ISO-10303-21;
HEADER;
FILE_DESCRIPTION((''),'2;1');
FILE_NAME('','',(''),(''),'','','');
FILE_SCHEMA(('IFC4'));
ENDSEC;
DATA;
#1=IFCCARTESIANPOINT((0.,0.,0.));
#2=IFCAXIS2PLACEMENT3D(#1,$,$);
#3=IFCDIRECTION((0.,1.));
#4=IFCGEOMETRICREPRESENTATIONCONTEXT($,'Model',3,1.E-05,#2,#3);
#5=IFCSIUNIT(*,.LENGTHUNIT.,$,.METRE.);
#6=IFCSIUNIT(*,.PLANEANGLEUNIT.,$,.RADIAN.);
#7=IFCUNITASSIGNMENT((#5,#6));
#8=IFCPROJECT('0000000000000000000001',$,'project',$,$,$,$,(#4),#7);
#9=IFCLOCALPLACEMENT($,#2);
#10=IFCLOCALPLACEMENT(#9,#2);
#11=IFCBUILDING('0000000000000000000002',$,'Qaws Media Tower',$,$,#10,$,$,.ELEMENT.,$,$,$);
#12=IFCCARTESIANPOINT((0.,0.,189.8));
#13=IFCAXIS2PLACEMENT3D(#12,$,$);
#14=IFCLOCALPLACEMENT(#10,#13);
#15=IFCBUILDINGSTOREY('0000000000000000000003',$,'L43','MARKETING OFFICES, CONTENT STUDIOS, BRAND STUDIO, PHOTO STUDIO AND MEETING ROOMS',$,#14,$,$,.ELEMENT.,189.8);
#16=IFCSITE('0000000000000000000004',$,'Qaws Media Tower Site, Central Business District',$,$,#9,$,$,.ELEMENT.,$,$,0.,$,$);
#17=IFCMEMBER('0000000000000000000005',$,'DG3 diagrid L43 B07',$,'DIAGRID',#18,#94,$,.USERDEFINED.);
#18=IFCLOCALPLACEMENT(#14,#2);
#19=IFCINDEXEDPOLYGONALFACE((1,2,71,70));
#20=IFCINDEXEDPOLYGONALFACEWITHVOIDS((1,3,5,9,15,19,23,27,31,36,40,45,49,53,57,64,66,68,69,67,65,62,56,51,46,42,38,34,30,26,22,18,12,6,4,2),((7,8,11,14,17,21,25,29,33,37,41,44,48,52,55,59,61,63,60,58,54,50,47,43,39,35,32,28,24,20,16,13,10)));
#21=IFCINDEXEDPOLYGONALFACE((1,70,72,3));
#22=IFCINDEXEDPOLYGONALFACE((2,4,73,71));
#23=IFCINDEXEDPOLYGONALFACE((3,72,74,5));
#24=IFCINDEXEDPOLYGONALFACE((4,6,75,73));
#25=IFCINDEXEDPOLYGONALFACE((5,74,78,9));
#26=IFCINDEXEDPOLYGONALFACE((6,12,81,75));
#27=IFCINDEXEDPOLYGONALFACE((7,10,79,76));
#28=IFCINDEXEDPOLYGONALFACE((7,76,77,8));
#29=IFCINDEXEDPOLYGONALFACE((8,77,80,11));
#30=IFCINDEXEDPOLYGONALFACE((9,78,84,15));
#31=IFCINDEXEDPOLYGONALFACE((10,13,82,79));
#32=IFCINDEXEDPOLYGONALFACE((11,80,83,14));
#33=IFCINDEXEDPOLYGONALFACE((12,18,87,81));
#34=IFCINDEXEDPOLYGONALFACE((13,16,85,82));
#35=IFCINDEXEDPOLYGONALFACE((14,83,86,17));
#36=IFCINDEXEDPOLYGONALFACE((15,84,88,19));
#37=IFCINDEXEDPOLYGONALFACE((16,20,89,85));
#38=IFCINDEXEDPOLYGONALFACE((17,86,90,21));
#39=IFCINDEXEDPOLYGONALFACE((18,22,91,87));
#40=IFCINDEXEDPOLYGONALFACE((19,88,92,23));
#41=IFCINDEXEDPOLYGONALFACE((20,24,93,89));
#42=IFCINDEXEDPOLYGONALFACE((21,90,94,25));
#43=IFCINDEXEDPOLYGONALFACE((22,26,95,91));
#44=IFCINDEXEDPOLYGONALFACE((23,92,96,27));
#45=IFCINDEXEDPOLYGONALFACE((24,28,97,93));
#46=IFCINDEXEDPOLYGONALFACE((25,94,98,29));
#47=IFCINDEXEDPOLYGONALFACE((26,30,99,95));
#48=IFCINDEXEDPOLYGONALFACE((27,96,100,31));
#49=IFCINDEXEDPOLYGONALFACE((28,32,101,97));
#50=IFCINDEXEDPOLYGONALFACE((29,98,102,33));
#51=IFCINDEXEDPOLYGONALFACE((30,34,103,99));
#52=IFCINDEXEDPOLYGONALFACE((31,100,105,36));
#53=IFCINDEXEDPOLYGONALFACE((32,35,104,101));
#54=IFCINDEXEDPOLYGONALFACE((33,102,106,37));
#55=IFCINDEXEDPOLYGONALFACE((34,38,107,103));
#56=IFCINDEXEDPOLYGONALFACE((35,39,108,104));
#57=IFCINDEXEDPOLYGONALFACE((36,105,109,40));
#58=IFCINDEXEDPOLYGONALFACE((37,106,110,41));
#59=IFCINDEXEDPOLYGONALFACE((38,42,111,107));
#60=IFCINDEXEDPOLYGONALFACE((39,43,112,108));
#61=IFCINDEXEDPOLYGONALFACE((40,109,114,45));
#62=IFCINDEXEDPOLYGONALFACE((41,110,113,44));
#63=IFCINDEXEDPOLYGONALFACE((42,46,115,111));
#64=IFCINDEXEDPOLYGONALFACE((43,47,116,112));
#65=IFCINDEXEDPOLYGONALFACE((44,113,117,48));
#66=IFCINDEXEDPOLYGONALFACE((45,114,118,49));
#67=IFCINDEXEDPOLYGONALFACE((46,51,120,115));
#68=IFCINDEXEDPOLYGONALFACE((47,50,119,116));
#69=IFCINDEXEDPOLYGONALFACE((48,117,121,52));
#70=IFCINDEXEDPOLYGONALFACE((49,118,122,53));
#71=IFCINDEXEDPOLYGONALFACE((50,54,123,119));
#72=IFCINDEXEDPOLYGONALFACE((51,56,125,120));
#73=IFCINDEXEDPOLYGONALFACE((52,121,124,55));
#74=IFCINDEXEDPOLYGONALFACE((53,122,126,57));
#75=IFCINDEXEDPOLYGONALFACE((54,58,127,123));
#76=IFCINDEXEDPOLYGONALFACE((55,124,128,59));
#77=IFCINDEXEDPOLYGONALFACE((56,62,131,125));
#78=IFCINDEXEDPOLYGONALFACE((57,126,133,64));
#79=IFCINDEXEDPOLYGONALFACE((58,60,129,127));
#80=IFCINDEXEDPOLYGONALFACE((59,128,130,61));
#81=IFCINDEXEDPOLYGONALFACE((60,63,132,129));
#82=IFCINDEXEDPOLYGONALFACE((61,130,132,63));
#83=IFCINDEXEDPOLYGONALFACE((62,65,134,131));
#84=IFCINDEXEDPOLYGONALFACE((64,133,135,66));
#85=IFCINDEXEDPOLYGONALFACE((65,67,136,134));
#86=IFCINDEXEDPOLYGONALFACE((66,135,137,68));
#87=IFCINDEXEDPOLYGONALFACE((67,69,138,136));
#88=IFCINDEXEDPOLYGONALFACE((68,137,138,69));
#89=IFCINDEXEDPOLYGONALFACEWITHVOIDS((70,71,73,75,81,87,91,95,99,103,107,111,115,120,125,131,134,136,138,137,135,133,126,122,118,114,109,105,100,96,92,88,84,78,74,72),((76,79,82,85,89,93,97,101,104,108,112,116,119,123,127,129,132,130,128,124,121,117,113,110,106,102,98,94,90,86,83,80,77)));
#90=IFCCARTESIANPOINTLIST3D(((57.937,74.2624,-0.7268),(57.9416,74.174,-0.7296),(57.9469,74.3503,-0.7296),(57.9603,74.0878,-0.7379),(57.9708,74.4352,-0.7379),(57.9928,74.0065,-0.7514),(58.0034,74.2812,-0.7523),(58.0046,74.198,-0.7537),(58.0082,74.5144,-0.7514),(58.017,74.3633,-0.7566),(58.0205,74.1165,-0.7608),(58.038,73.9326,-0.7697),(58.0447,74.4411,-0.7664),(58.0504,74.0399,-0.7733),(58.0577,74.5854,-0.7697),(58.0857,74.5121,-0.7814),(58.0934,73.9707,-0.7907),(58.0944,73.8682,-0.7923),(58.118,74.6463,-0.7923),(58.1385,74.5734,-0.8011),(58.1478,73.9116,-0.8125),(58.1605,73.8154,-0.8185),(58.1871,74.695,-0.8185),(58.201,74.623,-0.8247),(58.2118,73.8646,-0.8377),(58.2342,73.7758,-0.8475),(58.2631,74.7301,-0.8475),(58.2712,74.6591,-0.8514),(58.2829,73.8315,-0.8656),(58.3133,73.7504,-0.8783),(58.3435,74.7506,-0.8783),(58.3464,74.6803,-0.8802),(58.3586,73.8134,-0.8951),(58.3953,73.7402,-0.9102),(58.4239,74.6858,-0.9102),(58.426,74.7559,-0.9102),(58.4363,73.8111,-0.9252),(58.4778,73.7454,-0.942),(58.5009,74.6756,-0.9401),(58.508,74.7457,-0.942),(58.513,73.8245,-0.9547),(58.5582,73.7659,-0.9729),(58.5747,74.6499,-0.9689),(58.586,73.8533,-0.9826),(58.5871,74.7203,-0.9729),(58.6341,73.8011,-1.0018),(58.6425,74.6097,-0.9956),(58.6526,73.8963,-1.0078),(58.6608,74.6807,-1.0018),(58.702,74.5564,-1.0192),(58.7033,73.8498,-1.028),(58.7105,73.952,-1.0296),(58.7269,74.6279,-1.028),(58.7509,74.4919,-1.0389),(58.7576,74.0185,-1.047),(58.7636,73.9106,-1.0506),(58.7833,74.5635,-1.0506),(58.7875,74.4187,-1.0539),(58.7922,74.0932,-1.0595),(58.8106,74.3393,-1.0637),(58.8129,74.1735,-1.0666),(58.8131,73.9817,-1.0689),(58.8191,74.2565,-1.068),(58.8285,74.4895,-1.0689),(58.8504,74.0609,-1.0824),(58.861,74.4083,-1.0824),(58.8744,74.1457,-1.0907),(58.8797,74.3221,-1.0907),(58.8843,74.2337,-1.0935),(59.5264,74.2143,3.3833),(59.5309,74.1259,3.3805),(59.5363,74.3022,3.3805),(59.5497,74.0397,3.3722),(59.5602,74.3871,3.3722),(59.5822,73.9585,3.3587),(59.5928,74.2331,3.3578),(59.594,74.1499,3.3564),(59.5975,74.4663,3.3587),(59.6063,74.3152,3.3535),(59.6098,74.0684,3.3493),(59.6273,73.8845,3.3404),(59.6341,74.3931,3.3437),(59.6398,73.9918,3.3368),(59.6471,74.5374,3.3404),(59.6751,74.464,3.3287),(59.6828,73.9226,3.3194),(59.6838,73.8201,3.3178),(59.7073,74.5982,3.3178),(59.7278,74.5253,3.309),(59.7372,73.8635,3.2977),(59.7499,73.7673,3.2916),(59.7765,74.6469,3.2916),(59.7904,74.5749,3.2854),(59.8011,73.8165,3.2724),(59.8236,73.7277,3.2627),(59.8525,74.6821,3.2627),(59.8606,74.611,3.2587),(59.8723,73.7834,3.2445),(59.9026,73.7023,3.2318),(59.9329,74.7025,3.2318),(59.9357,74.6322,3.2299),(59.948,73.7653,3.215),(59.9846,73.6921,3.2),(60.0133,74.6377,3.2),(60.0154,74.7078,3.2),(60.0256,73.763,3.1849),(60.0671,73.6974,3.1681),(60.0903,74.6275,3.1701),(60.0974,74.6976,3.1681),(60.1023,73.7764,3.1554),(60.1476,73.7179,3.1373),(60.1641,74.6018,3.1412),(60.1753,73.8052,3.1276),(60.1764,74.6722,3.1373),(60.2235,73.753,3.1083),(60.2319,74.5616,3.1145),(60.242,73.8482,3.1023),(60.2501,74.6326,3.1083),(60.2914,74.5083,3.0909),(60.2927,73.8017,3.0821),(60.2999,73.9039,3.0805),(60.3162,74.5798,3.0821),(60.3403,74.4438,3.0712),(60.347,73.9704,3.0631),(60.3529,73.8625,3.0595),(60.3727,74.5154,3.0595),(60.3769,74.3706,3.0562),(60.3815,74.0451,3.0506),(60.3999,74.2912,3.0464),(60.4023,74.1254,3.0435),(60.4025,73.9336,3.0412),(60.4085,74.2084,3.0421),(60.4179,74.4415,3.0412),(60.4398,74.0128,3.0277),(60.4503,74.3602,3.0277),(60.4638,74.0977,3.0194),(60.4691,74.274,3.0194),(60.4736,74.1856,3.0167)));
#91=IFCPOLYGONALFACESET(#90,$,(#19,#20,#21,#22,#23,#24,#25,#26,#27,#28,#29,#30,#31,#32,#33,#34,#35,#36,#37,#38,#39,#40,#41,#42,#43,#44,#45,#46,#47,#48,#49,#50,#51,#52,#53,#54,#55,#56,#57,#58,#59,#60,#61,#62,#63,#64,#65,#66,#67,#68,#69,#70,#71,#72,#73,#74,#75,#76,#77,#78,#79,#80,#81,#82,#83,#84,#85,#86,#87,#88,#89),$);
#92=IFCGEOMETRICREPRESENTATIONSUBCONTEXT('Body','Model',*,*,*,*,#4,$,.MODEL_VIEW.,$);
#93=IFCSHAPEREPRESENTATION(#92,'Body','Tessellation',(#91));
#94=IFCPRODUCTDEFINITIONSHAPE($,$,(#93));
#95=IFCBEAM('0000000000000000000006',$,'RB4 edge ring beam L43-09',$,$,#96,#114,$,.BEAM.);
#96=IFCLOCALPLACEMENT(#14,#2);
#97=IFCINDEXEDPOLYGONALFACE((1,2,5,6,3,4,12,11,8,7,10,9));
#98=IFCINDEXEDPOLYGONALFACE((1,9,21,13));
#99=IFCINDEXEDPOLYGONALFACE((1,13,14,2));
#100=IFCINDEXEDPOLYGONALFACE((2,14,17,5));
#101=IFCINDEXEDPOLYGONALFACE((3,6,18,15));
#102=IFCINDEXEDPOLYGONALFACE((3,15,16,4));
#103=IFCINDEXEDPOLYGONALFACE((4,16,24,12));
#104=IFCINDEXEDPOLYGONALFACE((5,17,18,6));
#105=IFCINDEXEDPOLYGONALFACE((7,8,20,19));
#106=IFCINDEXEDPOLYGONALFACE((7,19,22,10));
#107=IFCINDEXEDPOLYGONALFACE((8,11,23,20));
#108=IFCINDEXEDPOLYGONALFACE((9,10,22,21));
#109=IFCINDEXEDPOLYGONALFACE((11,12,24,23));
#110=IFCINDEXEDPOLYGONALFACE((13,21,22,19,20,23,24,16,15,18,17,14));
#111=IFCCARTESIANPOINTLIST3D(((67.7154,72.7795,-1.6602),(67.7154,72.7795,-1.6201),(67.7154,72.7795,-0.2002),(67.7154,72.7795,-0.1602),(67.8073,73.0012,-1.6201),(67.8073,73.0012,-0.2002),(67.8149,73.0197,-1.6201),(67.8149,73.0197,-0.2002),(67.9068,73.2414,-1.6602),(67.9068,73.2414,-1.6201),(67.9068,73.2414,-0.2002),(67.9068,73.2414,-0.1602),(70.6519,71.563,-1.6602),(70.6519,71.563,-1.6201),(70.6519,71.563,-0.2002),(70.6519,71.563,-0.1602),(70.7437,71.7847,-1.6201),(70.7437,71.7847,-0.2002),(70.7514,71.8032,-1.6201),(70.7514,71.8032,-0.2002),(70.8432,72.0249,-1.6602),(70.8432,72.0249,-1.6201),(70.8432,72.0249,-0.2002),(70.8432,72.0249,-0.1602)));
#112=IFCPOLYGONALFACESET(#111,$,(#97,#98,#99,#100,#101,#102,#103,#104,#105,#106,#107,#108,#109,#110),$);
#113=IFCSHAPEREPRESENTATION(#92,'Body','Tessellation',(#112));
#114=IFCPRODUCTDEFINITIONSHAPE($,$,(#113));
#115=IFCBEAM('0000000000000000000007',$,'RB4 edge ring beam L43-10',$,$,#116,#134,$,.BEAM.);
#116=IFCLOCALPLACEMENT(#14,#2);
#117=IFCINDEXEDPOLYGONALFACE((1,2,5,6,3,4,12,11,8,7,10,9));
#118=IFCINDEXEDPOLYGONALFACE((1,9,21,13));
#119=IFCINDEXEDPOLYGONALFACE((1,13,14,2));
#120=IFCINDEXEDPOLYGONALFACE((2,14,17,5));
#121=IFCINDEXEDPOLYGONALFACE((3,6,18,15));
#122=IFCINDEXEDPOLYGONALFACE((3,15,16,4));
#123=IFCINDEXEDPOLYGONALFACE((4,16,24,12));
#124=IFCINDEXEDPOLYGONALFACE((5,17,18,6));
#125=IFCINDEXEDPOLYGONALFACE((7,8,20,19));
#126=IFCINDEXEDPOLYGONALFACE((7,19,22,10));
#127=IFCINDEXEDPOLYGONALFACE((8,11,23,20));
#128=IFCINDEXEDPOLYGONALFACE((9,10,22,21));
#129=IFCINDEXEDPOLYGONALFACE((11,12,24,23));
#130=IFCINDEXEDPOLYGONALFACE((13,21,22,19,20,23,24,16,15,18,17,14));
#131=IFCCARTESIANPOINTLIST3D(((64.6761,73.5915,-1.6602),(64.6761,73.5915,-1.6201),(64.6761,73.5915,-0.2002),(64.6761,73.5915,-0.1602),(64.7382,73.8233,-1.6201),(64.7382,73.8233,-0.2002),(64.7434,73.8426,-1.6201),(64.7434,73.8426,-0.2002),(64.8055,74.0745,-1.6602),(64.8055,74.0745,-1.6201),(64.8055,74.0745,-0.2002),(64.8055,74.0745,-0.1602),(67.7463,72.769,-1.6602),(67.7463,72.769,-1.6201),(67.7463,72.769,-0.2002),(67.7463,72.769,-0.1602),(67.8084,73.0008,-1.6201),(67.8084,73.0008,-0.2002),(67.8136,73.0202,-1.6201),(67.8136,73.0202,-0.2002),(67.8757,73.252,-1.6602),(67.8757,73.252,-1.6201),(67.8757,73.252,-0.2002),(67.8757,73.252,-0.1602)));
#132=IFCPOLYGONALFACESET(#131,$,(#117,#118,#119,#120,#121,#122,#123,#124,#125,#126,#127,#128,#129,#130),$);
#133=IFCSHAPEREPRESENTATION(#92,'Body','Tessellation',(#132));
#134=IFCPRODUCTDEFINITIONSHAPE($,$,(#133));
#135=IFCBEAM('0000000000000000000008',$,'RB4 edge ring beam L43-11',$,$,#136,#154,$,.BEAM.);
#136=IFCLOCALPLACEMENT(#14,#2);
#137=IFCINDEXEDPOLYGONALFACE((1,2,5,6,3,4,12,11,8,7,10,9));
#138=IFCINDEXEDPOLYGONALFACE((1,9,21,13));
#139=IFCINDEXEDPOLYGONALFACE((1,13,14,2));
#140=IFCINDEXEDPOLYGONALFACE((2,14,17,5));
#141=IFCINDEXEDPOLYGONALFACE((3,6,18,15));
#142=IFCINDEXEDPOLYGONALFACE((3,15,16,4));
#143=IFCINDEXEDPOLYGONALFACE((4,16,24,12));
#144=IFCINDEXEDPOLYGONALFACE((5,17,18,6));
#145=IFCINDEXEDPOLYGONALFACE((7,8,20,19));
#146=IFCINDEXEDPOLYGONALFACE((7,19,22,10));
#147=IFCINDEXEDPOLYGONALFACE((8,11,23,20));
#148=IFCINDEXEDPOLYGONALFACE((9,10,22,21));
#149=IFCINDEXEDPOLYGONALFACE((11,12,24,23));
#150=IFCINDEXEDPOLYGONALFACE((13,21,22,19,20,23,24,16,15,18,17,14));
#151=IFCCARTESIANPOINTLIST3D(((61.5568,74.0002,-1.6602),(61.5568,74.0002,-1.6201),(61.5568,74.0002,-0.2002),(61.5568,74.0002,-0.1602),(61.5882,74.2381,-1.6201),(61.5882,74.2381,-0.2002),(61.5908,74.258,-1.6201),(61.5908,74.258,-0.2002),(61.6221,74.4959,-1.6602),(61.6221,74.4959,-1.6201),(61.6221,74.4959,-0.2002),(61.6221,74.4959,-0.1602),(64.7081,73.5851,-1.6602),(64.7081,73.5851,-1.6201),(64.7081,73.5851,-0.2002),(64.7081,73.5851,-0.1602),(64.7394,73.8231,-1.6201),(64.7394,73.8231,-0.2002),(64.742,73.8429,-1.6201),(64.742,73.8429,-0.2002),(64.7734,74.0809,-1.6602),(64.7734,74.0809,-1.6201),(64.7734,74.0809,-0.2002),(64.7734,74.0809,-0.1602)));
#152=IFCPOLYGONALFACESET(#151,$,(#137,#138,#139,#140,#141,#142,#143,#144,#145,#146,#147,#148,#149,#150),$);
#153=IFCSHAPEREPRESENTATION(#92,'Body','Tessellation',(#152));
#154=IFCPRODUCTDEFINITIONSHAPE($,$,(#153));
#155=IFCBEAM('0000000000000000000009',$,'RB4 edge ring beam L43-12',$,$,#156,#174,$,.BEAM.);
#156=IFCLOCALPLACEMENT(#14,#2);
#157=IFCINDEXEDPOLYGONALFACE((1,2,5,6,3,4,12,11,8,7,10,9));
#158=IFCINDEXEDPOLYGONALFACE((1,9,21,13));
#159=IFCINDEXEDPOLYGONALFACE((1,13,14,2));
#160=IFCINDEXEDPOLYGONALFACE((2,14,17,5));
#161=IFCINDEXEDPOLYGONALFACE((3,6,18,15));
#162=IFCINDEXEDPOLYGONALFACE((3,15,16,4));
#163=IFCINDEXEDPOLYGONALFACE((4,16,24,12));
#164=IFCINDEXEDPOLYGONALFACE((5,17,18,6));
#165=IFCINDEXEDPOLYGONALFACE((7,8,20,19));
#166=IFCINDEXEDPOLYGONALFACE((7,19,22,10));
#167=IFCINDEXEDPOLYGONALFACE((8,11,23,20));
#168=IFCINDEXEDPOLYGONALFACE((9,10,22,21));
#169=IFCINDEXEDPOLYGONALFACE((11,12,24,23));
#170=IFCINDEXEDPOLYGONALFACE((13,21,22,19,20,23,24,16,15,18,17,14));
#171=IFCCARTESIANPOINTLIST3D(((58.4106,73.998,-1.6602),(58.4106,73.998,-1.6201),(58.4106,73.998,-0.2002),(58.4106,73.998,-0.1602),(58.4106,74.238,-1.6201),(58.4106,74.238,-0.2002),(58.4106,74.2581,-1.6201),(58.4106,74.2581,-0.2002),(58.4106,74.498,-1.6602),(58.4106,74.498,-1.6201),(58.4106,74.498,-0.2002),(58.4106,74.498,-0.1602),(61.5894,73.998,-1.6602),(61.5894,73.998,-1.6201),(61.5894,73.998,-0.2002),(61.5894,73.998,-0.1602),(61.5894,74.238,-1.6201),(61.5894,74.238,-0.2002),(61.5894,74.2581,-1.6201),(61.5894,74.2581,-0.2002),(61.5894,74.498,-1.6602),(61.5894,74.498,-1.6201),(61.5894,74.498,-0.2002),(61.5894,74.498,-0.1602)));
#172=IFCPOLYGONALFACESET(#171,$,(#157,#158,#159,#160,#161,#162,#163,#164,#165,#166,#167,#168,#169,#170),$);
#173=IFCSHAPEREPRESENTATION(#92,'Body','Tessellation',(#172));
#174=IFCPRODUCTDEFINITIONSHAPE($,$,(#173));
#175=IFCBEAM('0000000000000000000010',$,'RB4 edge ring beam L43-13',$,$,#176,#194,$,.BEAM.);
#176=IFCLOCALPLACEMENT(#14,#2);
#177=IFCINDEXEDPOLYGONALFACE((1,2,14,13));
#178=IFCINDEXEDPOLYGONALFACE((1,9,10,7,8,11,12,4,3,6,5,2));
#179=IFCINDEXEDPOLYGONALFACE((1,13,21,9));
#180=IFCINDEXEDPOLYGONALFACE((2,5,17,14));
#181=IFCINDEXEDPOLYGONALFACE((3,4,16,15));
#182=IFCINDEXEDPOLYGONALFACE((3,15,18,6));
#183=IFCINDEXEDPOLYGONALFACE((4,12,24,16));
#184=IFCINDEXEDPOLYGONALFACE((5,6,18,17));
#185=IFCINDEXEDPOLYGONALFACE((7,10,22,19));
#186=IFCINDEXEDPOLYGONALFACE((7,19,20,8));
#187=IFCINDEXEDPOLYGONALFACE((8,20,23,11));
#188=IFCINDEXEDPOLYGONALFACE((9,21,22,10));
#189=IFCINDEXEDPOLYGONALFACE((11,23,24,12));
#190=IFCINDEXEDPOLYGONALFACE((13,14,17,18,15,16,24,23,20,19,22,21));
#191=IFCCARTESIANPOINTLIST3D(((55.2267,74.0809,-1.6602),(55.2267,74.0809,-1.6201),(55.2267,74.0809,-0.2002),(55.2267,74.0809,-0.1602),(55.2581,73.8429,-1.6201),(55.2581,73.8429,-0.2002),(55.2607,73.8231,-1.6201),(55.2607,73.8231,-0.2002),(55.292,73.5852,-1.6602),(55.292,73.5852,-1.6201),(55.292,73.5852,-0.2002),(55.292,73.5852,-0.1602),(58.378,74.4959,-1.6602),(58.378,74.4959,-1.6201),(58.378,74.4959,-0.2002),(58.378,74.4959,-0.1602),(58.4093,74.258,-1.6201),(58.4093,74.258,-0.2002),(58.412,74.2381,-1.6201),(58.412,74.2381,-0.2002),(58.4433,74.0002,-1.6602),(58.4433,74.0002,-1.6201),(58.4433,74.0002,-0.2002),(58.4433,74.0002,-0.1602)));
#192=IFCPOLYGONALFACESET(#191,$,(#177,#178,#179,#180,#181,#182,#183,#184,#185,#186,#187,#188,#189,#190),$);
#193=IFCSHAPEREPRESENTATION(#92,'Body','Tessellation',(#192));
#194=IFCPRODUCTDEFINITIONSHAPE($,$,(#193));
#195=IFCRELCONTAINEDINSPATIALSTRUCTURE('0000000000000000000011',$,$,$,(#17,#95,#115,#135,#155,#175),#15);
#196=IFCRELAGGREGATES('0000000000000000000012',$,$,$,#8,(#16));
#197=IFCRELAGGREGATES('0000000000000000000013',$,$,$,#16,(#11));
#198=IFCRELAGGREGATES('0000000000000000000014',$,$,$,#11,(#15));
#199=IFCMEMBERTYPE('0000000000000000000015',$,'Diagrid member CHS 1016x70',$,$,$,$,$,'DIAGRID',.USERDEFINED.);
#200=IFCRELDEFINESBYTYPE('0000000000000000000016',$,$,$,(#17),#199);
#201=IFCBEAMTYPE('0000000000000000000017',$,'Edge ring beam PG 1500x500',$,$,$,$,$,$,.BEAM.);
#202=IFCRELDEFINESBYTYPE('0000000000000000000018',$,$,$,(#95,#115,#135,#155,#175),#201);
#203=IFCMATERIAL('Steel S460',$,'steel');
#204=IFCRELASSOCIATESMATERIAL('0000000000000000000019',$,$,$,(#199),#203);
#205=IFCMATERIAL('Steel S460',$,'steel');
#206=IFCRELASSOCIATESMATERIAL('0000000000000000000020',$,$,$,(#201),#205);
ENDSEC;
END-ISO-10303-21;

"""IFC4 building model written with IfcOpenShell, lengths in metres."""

from ifc_helpers import new_model, si_unit, direction, frame, origin, origin_2d, place, context, subcontext, project, spatial, hollow_circle, i_section, extrude, material, material_profile, profile_set, type_object, element, save


model = new_model("IFC4")

# Units and contexts
model_context = context("Model", 3, precision=1e-05, world=origin(), true_north=direction((0.0, 1.0)))
body_context = subcontext(model_context, "Body", "Model", "MODEL_VIEW")
ifc_project = project(units=[si_unit("LENGTHUNIT", "METRE"), si_unit("PLANEANGLEUNIT", "RADIAN")], contexts=[model_context])

# Site, building, storey
site_placement = place(None, origin())
site = spatial("IfcSite", under=ifc_project, at=site_placement, Name="Qaws Media Tower Site, Central Business District", CompositionType="ELEMENT", RefElevation=0.0)
building_placement = place(site_placement, origin())
building = spatial("IfcBuilding", under=site, at=building_placement, Name="Qaws Media Tower", CompositionType="ELEMENT")
storey_placement = place(building_placement, frame((0.0, 0.0, 189.8)))
storey = spatial("IfcBuildingStorey", under=building, at=storey_placement, Name="L43", Description="MARKETING OFFICES, CONTENT STUDIOS, BRAND STUDIO, PHOTO STUDIO AND MEETING ROOMS", CompositionType="ELEMENT", Elevation=189.8)

# Member
ifc_material_1 = material(Name="Steel S460", Category="steel")
ifc_material_profile_1 = material_profile(ifc_material_1, hollow_circle(Radius=0.5081, WallThickness=0.0701, at=origin_2d()), Name="CHS 1016x70")
ifc_profile_set_1 = profile_set([ifc_material_profile_1], Name="Steel S460")
member_type_1 = type_object("IfcMemberType", Name="Diagrid member CHS 1016x70", ElementType="DIAGRID", PredefinedType="USERDEFINED", material=ifc_profile_set_1)
for number, where, z_axis, x_axis, name in (
    (1, (58.4106, 74.248, -0.9102), (0.360646, -0.010914, 0.932639), (0.030247, 0.999542, 0.0), "DG3 diagrid L43 B07"),
):
    element("IfcMember", number, at=place(storey_placement, frame(where, z_axis=z_axis, x_axis=x_axis)), inside=storey, type_object=member_type_1, Name=name, ObjectType="DIAGRID", PredefinedType="USERDEFINED", context=body_context, shape_type="SweptSolid", body=[
        extrude(hollow_circle(Radius=0.5081, WallThickness=0.0701, at=origin_2d()), origin(), (0.0, 0.0, 1.0), 4.407),
    ])

# Beams
ifc_material_2 = material(Name="Steel S460", Category="steel")
ifc_material_profile_2 = material_profile(ifc_material_2, i_section(OverallWidth=0.5, OverallDepth=1.5, WebThickness=0.02, FlangeThickness=0.04, at=origin_2d()), Name="PG 1500x500")
ifc_profile_set_2 = profile_set([ifc_material_profile_2], Name="Steel S460")
beam_type = type_object("IfcBeamType", Name="Edge ring beam PG 1500x500", PredefinedType="BEAM", material=ifc_profile_set_2)
for number, where, z_axis, x_axis, name in (
    (2, (70.7476, 71.7939, -0.9102), (-0.923857, 0.382738, 0.0), (-0.382738, -0.923857, 0.0), "RB4 edge ring beam L43-09"),
    (3, (67.811, 73.0105, -0.9102), (-0.96594, 0.258767, 0.0), (-0.258767, -0.96594, 0.0), "RB4 edge ring beam L43-10"),
    (4, (64.7407, 73.833, -0.9102), (-0.991439, 0.130574, 0.0), (-0.130574, -0.991439, 0.0), "RB4 edge ring beam L43-11"),
):
    element("IfcBeam", number, at=place(storey_placement, frame(where, z_axis=z_axis, x_axis=x_axis)), inside=storey, type_object=beam_type, Name=name, PredefinedType="BEAM", context=body_context, shape_type="SweptSolid", body=[
        extrude(i_section(OverallWidth=0.5, OverallDepth=1.5, WebThickness=0.02, FlangeThickness=0.04, at=origin_2d()), origin(), (0.0, 0.0, 1.0), 3.1785),
    ])
beam_1_placement = place(storey_placement, frame((61.5894, 74.248, -0.9102), z_axis=(-1.0, 0.0, 0.0), x_axis=(0.0, -1.0, 0.0)))
element("IfcBeam", 5, at=beam_1_placement, inside=storey, type_object=beam_type, Name="RB4 edge ring beam L43-12", PredefinedType="BEAM", context=body_context, shape_type="SweptSolid", body=[
    extrude(i_section(OverallWidth=0.5, OverallDepth=1.5, WebThickness=0.02, FlangeThickness=0.04, at=origin_2d()), origin(), (0.0, 0.0, 1.0), 3.1787),
])
beam_2_placement = place(storey_placement, frame((58.4106, 74.248, -0.9102), z_axis=(-0.991439, -0.130574, 0.0), x_axis=(0.130574, -0.991439, 0.0)))
element("IfcBeam", 6, at=beam_2_placement, inside=storey, type_object=beam_type, Name="RB4 edge ring beam L43-13", PredefinedType="BEAM", context=body_context, shape_type="SweptSolid", body=[
    extrude(i_section(OverallWidth=0.5, OverallDepth=1.5, WebThickness=0.02, FlangeThickness=0.04, at=origin_2d()), origin(), (0.0, 0.0, 1.0), 3.1785),
])

save(model, "model.ifc")
